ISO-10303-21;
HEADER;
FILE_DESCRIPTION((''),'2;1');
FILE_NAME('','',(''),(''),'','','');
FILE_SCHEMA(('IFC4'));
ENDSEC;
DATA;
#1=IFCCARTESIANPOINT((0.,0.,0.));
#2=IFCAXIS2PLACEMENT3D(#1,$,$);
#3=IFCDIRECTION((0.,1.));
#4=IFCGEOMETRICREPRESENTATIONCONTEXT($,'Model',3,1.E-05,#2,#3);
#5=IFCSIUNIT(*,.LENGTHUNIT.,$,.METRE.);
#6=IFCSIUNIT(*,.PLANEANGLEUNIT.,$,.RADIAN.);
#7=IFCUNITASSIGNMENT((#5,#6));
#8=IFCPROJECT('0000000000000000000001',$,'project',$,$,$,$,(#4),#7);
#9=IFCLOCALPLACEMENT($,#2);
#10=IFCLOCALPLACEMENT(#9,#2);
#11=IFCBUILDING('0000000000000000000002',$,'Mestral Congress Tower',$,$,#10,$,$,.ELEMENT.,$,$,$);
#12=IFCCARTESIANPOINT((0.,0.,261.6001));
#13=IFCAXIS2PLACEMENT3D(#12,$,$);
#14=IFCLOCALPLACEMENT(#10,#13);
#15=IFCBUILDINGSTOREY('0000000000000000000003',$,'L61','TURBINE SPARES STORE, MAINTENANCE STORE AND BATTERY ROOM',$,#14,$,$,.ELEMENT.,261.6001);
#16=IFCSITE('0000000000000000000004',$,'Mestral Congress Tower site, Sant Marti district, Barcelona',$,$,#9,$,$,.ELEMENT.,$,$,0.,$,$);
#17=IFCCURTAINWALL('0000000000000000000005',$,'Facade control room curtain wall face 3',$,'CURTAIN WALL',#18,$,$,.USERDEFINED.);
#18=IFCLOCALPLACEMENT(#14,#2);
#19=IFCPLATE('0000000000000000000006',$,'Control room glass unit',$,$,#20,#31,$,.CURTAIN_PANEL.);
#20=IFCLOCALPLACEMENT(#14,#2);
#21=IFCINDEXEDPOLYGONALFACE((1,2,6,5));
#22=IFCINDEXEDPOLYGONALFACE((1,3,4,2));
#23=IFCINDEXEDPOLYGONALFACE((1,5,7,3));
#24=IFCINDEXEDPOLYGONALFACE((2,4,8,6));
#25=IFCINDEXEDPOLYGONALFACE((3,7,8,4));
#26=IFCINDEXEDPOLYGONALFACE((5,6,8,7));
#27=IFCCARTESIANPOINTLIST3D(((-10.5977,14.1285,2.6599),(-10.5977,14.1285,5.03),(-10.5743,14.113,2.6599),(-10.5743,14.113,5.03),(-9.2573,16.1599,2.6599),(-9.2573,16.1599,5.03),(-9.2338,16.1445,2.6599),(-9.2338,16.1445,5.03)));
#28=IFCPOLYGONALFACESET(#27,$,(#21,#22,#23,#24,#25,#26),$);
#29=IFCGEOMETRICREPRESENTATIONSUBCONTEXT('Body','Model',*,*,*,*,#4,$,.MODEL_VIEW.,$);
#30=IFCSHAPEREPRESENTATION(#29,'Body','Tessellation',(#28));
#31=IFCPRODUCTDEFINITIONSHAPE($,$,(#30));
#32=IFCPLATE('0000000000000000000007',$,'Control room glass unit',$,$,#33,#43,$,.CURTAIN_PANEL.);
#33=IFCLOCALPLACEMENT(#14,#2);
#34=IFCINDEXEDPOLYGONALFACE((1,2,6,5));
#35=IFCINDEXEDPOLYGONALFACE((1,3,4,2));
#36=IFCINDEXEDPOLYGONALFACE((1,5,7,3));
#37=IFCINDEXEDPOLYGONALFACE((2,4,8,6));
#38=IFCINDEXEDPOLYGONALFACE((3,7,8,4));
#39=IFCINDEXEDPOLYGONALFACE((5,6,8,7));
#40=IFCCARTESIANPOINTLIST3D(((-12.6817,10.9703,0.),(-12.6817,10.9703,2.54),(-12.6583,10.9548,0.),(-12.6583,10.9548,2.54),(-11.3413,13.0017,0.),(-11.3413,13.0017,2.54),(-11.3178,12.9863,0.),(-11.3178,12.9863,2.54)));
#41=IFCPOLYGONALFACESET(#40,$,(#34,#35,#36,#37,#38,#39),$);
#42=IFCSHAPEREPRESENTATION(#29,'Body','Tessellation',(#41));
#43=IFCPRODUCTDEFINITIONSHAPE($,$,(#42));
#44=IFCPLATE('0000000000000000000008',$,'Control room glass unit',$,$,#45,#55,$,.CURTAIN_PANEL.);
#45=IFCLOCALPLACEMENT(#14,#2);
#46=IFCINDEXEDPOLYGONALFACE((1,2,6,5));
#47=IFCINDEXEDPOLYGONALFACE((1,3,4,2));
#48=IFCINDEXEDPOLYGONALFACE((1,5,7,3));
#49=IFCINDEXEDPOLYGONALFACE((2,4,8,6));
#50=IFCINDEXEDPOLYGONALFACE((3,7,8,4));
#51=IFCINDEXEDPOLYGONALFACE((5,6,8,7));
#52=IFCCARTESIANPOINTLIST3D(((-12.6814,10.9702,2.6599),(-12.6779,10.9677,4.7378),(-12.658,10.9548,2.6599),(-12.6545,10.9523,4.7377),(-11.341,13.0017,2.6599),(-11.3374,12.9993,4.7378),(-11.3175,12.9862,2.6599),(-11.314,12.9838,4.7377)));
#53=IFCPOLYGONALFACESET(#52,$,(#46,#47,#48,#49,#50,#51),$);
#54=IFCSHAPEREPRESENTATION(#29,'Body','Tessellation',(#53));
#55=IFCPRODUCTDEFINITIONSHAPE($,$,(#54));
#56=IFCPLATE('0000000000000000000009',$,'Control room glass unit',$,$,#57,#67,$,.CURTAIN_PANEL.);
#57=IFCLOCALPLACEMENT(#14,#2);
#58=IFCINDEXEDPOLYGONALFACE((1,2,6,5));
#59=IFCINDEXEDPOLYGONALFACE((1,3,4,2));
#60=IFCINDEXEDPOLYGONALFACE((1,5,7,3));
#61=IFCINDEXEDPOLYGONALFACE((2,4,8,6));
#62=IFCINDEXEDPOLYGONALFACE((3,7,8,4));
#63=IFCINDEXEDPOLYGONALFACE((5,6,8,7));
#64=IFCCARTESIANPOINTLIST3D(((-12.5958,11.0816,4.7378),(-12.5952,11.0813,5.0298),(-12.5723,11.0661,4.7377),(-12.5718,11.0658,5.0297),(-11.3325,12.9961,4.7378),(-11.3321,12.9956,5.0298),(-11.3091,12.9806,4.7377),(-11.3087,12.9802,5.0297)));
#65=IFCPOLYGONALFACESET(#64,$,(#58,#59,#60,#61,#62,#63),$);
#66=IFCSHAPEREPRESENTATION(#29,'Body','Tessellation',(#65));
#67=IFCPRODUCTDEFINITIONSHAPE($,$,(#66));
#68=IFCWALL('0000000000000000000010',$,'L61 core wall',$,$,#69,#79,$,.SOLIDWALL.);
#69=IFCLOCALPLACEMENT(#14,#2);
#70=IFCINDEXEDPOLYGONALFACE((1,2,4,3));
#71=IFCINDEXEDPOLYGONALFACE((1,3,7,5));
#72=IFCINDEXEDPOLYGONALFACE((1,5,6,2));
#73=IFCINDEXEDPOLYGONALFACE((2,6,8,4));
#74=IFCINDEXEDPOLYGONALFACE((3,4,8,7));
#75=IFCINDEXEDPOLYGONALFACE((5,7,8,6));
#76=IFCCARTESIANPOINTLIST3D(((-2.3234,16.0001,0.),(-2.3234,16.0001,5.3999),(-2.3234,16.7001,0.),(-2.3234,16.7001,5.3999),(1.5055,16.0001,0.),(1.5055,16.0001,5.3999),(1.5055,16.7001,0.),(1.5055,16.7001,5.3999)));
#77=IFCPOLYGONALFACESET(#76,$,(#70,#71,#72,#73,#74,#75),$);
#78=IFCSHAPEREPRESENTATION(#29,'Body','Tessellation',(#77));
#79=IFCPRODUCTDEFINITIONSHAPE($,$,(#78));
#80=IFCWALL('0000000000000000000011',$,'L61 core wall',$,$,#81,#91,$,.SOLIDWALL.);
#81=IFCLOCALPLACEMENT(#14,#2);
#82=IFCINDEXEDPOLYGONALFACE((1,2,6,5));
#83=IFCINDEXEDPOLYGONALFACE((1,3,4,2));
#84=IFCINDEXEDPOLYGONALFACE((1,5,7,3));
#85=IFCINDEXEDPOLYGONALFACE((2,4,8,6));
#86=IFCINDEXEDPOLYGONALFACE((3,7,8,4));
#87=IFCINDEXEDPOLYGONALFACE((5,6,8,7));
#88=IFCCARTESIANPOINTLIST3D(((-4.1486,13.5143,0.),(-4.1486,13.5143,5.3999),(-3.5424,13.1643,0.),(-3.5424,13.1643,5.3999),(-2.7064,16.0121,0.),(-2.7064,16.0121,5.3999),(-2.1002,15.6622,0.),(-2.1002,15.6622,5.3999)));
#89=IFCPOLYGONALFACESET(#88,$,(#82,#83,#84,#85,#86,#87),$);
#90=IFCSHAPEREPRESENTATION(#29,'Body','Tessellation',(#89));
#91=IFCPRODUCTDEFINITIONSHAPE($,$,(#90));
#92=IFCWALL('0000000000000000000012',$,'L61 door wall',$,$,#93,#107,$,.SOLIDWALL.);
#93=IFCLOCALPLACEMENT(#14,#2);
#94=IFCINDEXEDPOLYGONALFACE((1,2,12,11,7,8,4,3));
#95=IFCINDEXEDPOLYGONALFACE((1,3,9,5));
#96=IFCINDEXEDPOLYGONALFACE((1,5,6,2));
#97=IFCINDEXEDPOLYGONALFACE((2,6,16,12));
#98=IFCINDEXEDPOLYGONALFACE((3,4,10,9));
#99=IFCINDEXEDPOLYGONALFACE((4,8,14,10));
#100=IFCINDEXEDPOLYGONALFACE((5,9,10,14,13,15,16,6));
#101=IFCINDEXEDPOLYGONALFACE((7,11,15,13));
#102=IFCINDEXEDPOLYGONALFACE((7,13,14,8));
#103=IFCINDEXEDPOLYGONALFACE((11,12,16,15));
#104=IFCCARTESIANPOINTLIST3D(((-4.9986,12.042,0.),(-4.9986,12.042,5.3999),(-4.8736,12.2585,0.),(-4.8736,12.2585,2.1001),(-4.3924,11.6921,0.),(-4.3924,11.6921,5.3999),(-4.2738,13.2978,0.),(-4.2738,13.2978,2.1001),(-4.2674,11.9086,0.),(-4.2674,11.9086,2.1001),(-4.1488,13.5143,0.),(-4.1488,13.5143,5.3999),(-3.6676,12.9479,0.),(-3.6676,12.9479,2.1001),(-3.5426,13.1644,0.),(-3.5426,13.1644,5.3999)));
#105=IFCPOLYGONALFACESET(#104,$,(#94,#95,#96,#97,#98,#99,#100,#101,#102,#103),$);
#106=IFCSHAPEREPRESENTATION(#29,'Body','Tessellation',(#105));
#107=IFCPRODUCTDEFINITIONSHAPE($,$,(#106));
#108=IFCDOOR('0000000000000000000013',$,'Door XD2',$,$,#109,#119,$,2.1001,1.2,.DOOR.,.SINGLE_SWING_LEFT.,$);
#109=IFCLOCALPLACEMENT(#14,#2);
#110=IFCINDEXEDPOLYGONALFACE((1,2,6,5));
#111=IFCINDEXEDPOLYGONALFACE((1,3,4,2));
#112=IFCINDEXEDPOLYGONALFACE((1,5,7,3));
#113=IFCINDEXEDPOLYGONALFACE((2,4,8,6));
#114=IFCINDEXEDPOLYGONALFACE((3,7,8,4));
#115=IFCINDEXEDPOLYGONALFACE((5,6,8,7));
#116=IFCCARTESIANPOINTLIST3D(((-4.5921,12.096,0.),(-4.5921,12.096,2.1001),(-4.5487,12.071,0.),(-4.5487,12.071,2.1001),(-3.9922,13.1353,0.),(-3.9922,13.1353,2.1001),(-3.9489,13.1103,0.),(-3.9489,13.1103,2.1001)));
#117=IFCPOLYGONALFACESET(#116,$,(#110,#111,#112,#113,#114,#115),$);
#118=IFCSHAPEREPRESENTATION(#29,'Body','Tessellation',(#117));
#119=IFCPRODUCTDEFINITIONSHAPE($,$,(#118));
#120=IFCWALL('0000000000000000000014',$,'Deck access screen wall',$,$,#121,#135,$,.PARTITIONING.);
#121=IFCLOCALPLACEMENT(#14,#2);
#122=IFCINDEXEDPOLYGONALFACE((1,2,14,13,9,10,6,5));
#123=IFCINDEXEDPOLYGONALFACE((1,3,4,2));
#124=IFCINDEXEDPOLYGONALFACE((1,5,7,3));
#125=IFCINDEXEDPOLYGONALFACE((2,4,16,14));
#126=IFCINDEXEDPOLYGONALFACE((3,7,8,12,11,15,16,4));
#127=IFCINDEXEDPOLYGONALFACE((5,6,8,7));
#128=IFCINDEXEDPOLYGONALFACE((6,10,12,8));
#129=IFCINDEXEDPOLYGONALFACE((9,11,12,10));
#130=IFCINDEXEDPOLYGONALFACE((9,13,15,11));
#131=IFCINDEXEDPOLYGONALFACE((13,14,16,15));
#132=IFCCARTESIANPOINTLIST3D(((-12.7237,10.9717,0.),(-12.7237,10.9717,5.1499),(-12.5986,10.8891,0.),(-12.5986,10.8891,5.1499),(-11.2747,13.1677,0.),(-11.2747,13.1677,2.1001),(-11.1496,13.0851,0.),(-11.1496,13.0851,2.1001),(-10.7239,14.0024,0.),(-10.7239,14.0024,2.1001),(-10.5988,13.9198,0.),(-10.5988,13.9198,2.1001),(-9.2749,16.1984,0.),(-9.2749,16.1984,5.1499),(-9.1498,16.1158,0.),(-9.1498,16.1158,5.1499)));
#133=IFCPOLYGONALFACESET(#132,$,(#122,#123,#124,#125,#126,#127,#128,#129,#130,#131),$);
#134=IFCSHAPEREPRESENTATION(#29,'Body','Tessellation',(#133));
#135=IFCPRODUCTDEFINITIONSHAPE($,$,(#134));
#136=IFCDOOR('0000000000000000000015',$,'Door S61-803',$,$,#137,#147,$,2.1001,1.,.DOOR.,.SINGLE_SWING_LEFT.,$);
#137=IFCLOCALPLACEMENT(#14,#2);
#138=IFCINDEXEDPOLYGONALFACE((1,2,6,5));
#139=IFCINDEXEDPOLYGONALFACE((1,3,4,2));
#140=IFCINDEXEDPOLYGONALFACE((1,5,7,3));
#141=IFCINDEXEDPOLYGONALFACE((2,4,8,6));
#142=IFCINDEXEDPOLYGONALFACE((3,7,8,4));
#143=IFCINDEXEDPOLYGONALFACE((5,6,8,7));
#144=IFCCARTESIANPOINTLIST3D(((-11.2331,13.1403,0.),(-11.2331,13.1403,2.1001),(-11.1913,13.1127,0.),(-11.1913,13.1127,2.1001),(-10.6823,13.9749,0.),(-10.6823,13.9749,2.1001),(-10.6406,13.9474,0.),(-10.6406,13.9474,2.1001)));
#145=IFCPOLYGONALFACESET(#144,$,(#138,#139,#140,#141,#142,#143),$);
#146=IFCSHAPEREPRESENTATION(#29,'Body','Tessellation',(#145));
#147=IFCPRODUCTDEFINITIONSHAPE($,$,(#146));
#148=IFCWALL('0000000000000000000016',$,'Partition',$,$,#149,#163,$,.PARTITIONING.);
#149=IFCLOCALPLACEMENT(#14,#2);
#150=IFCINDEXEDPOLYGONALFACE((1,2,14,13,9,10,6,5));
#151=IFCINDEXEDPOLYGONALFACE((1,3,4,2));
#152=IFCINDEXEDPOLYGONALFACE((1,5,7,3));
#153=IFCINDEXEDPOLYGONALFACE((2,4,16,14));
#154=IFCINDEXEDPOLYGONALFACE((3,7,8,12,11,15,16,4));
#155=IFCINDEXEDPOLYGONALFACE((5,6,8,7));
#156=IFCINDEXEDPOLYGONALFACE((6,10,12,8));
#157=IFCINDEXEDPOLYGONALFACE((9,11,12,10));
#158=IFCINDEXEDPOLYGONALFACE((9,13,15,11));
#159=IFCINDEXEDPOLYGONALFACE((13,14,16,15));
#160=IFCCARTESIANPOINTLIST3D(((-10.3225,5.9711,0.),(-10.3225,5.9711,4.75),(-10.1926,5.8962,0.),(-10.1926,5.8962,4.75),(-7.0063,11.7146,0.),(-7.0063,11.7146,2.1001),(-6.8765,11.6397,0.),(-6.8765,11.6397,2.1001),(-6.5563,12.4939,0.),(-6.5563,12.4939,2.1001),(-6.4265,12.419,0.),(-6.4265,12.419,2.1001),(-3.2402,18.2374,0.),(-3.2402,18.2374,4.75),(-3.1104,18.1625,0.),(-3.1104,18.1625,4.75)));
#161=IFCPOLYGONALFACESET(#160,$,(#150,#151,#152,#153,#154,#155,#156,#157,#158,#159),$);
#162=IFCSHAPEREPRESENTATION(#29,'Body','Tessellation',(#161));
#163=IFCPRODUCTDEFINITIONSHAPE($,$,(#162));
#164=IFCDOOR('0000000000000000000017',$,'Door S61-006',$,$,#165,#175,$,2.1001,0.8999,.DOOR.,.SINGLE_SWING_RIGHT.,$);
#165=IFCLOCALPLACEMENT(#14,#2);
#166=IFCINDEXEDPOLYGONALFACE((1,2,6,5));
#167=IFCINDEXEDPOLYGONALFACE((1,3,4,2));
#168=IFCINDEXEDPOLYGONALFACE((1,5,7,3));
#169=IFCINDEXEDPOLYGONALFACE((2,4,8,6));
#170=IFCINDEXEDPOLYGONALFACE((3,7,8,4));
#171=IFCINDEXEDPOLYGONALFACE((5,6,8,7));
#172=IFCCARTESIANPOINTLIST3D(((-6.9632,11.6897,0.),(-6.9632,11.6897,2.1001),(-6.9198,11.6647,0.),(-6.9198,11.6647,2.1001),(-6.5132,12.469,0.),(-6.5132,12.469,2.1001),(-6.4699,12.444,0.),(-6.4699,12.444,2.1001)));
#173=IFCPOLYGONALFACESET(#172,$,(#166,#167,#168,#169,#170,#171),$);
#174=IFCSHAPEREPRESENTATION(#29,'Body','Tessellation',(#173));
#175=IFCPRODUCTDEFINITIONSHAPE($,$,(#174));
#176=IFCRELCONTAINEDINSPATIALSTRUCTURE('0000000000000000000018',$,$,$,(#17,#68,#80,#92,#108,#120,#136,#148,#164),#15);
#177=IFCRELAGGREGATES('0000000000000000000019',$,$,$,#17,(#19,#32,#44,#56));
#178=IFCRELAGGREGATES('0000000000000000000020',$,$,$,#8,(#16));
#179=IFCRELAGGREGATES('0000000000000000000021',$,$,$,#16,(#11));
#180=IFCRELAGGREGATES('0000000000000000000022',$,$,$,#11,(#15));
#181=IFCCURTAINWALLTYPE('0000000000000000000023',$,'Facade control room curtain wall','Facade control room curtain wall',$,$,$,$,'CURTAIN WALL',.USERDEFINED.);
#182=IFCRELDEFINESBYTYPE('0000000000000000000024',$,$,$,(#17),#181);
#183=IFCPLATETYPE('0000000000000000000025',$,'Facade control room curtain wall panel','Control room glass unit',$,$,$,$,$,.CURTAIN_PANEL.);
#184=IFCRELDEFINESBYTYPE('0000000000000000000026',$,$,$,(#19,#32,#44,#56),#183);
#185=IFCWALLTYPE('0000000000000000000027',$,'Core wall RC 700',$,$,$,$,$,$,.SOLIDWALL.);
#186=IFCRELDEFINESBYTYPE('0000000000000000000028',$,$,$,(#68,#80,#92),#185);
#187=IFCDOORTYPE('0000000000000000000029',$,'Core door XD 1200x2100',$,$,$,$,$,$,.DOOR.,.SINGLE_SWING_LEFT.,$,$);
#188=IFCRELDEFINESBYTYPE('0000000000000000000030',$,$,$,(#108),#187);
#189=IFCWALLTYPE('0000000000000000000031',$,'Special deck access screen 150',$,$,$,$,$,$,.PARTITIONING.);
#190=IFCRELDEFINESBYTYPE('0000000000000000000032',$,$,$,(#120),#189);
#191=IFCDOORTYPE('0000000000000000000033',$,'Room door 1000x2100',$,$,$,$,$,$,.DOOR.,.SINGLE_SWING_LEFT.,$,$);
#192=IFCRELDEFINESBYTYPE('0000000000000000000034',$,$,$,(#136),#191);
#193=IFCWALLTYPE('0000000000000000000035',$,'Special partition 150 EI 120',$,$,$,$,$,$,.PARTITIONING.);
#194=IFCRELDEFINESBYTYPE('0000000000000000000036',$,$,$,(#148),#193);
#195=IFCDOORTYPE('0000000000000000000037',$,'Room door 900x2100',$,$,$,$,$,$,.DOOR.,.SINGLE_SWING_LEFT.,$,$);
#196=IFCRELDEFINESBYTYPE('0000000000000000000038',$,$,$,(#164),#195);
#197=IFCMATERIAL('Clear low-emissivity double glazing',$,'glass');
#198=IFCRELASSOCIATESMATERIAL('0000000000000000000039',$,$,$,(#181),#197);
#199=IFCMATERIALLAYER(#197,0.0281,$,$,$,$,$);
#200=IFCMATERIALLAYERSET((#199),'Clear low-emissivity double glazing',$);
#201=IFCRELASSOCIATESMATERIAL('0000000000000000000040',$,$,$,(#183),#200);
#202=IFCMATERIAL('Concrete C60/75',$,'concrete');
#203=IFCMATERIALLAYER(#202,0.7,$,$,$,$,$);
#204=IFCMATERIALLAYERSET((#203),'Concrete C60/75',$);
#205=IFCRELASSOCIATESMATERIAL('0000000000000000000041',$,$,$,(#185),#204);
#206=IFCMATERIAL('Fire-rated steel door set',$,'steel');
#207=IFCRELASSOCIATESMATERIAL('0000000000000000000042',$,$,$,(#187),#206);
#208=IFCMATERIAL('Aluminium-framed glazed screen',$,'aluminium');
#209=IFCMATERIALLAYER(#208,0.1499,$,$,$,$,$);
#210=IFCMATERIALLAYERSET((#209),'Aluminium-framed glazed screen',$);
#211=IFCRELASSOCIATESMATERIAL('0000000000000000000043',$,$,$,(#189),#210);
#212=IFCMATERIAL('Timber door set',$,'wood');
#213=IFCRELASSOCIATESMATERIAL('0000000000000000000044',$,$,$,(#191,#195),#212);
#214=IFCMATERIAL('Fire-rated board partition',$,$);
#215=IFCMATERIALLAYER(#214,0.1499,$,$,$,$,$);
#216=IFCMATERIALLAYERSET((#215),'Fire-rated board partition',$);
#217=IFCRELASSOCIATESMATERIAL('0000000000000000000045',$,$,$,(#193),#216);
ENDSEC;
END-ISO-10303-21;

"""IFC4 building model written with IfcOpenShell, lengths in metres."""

from ifc_helpers import new_model, si_unit, direction, frame, frame_2d, origin, origin_2d, place, context, subcontext, project, spatial, polyline, rectangle, outline, extrude, material, layer, layer_set, type_object, element, fill, aggregate, save


model = new_model("IFC4")

# Units and contexts
model_context = context("Model", 3, precision=1e-05, world=origin(), true_north=direction((0.0, 1.0)))
body_context = subcontext(model_context, "Body", "Model", "MODEL_VIEW")
ifc_project = project(units=[si_unit("LENGTHUNIT", "METRE"), si_unit("PLANEANGLEUNIT", "RADIAN")], contexts=[model_context])

# Site, building, storey
site_placement = place(None, origin())
site = spatial("IfcSite", under=ifc_project, at=site_placement, Name="Mestral Congress Tower site, Sant Marti district, Barcelona", CompositionType="ELEMENT", RefElevation=0.0)
building_placement = place(site_placement, origin())
building = spatial("IfcBuilding", under=site, at=building_placement, Name="Mestral Congress Tower", CompositionType="ELEMENT")
storey_placement = place(building_placement, frame((0.0, 0.0, 261.6001)))
storey = spatial("IfcBuildingStorey", under=building, at=storey_placement, Name="L61", Description="TURBINE SPARES STORE, MAINTENANCE STORE AND BATTERY ROOM", CompositionType="ELEMENT", Elevation=261.6001)

# Shared definitions
ifc_material_1 = material(Name="Concrete C60/75", Category="concrete")

# Curtain wall
ifc_material_2 = material(Name="Clear low-emissivity double glazing", Category="glass")
curtain_wall_type = type_object("IfcCurtainWallType", Name="Facade control room curtain wall", Description="Facade control room curtain wall", ElementType="CURTAIN WALL", PredefinedType="USERDEFINED", material=ifc_material_2)
placement = place(storey_placement, origin())
curtain_wall = element("IfcCurtainWall", 1, at=placement, inside=storey, type_object=curtain_wall_type, Name="Facade control room curtain wall face 3", ObjectType="CURTAIN WALL", PredefinedType="USERDEFINED")

# Plates
ifc_layer_1 = layer(ifc_material_2, 0.0281)
ifc_layer_set_1 = layer_set([ifc_layer_1], Name="Clear low-emissivity double glazing")
plate_type = type_object("IfcPlateType", Name="Facade control room curtain wall panel", Description="Control room glass unit", PredefinedType="CURTAIN_PANEL", material=ifc_layer_set_1)
plate_1_placement = place(storey_placement, frame((-9.9158, 15.1365, 2.6599), z_axis=(0.0, 0.0, 1.0), x_axis=(-0.55075, -0.83467, 0.0)))
plate_1 = element("IfcPlate", 2, at=plate_1_placement, type_object=plate_type, Name="Control room glass unit", PredefinedType="CURTAIN_PANEL", context=body_context, shape_type="SweptSolid", body=[
    extrude(rectangle(XDim=2.4338, YDim=0.0281, at=origin_2d()), origin(), (0.0, 0.0, 1.0), 2.3701),
])
plate_2_placement = place(storey_placement, frame((-11.9998, 11.9783, 0.0), z_axis=(0.0, 0.0, 1.0), x_axis=(-0.55075, -0.83467, 0.0)))
plate_2 = element("IfcPlate", 3, at=plate_2_placement, type_object=plate_type, Name="Control room glass unit", PredefinedType="CURTAIN_PANEL", context=body_context, shape_type="SweptSolid", body=[
    extrude(rectangle(XDim=2.4338, YDim=0.0281, at=origin_2d()), origin(), (0.0, 0.0, 1.0), 2.54),
])
plate_3_placement = place(storey_placement, frame((-12.6814, 10.9702, 2.6599), z_axis=(-0.83467, 0.550746, 0.002069), x_axis=(0.550747, 0.834672, 0.0)))
plate_3 = element("IfcPlate", 4, at=plate_3_placement, type_object=plate_type, Name="Control room glass unit", PredefinedType="CURTAIN_PANEL", context=body_context, shape_type="SweptSolid", body=[
    extrude(outline(polyline([(0.0, 0.0), (2.4338, 0.0), (2.4338, -2.0779), (-0.0002, -2.0779), (0.0, 0.0)])), origin(), (0.0, 0.0, -1.0), 0.0281),
])
plate_4_placement = place(storey_placement, frame((-11.3325, 12.9961, 4.7378), z_axis=(-0.834676, 0.550738, 0.002087), x_axis=(0.00148, -0.001545, 0.999998)))
plate_4 = element("IfcPlate", 5, at=plate_4_placement, type_object=plate_type, Name="Control room glass unit", PredefinedType="CURTAIN_PANEL", context=body_context, shape_type="SweptSolid", body=[
    extrude(outline(polyline([(0.0, 0.0), (0.292, 0.0), (0.2931, -2.2935), (0.0011, -2.2937), (0.0, 0.0)])), origin(), (0.0, 0.0, -1.0), 0.0281),
])
aggregate(curtain_wall, [plate_1, plate_2, plate_3, plate_4])

# Walls
ifc_layer_2 = layer(ifc_material_1, 0.7)
ifc_layer_set_2 = layer_set([ifc_layer_2], Name="Concrete C60/75")
wall_type_1 = type_object("IfcWallType", Name="Core wall RC 700", PredefinedType="SOLIDWALL", material=ifc_layer_set_2)
wall_1_placement = place(storey_placement, frame((-2.3235, 16.3501, 0.0), z_axis=(0.0, 0.0, 1.0), x_axis=(1.0, 0.0, 0.0)))
element("IfcWall", 6, at=wall_1_placement, inside=storey, type_object=wall_type_1, Name="L61 core wall", PredefinedType="SOLIDWALL", context=body_context, shape_type="SweptSolid", body=[
    extrude(rectangle(XDim=3.8289, YDim=0.7, at=frame_2d((1.9146, 0.0))), origin(), (0.0, 0.0, 1.0), 5.3999),
])
wall_2_placement = place(storey_placement, frame((-2.4033, 15.8372, 0.0), z_axis=(0.0, 0.0, 1.0), x_axis=(-0.500008, -0.866021, 0.0)))
element("IfcWall", 7, at=wall_2_placement, inside=storey, type_object=wall_type_1, Name="L61 core wall", PredefinedType="SOLIDWALL", context=body_context, shape_type="SweptSolid", body=[
    extrude(rectangle(XDim=2.8843, YDim=0.7, at=frame_2d((1.4421, 0.0))), origin(), (0.0, 0.0, 1.0), 5.3999),
])

# Walls, openings, doors
wall_3_placement = place(storey_placement, frame((-4.6956, 11.8669, 0.0), z_axis=(0.0, 0.0, 1.0), x_axis=(0.499892, 0.866088, 0.0)))
wall_3 = element("IfcWall", 8, at=wall_3_placement, inside=storey, type_object=wall_type_1, Name="L61 door wall", PredefinedType="SOLIDWALL", context=body_context, shape_type="SweptSolid", body=[
    extrude(rectangle(XDim=1.7, YDim=0.7, at=frame_2d((0.8501, 0.0))), origin(), (0.0, 0.0, 1.0), 5.3999),
])
opening_1_placement = place(wall_3_placement, frame((0.25, 0.0, 0.0)))
opening_1 = element("IfcOpeningElement", 9, at=opening_1_placement, cuts=wall_3, PredefinedType="OPENING", context=body_context, shape_type="SweptSolid", body=[
    extrude(rectangle(XDim=1.2, YDim=2.1001, at=frame_2d((0.6001, 1.05))), frame((0.0, 0.3599, 0.0), z_axis=(0.0, -1.0, 0.0), x_axis=(1.0, 0.0, 0.0)), (0.0, 0.0, 1.0), 0.72),
])
ifc_material_3 = material(Name="Fire-rated steel door set", Category="steel")
door_type_1 = type_object("IfcDoorType", Name="Core door XD 1200x2100", OperationType="SINGLE_SWING_LEFT", PredefinedType="DOOR", material=ifc_material_3)
door_1_placement = place(opening_1_placement, origin())
door_1 = element("IfcDoor", 10, at=door_1_placement, inside=storey, type_object=door_type_1, Name="Door XD2", OperationType="SINGLE_SWING_LEFT", OverallHeight=2.1001, OverallWidth=1.2, PredefinedType="DOOR", context=body_context, shape_type="SweptSolid", body=[
    extrude(rectangle(XDim=1.2, YDim=2.1001, at=frame_2d((0.6001, 1.05))), frame((0.0, 0.0249, 0.0), z_axis=(0.0, -1.0, 0.0), x_axis=(1.0, 0.0, 0.0)), (0.0, 0.0, 1.0), 0.05),
])
fill(opening_1, door_1)
ifc_material_4 = material(Name="Aluminium-framed glazed screen", Category="aluminium")
ifc_layer_3 = layer(ifc_material_4, 0.1499)
ifc_layer_set_3 = layer_set([ifc_layer_3], Name="Aluminium-framed glazed screen")
wall_type_2 = type_object("IfcWallType", Name="Special deck access screen 150", PredefinedType="PARTITIONING", material=ifc_layer_set_3)
wall_4_placement = place(storey_placement, frame((-9.2124, 16.157, 0.0), z_axis=(0.0, 0.0, 1.0), x_axis=(-0.550753, -0.834668, 0.0)))
wall_4 = element("IfcWall", 11, at=wall_4_placement, inside=storey, type_object=wall_type_2, Name="Deck access screen wall", PredefinedType="PARTITIONING", context=body_context, shape_type="SweptSolid", body=[
    extrude(rectangle(XDim=6.262, YDim=0.1499, at=frame_2d((3.1309, 0.0))), origin(), (0.0, 0.0, 1.0), 5.1499),
])
opening_2_placement = place(wall_4_placement, frame((2.6309, 0.0, 0.0)))
opening_2 = element("IfcOpeningElement", 12, at=opening_2_placement, cuts=wall_4, PredefinedType="OPENING", context=body_context, shape_type="SweptSolid", body=[
    extrude(rectangle(XDim=1.0, YDim=2.1001, at=frame_2d((0.5, 1.05))), frame((0.0, 0.085, 0.0), z_axis=(0.0, -1.0, 0.0), x_axis=(1.0, 0.0, 0.0)), (0.0, 0.0, 1.0), 0.1699),
])
ifc_material_5 = material(Name="Timber door set", Category="wood")
door_type_2 = type_object("IfcDoorType", Name="Room door 1000x2100", OperationType="SINGLE_SWING_LEFT", PredefinedType="DOOR", material=ifc_material_5)
door_2_placement = place(opening_2_placement, origin())
door_2 = element("IfcDoor", 13, at=door_2_placement, inside=storey, type_object=door_type_2, Name="Door S61-803", OperationType="SINGLE_SWING_LEFT", OverallHeight=2.1001, OverallWidth=1.0, PredefinedType="DOOR", context=body_context, shape_type="SweptSolid", body=[
    extrude(rectangle(XDim=1.0, YDim=2.1001, at=frame_2d((0.5, 1.05))), frame((0.0, 0.0249, 0.0), z_axis=(0.0, -1.0, 0.0), x_axis=(1.0, 0.0, 0.0)), (0.0, 0.0, 1.0), 0.05),
])
fill(opening_2, door_2)
ifc_material_6 = material(Name="Fire-rated board partition")
ifc_layer_4 = layer(ifc_material_6, 0.1499)
ifc_layer_set_4 = layer_set([ifc_layer_4], Name="Fire-rated board partition")
wall_type_3 = type_object("IfcWallType", Name="Special partition 150 EI 120", PredefinedType="PARTITIONING", material=ifc_layer_set_4)
wall_5_placement = place(storey_placement, frame((-3.1753, 18.2, 0.0), z_axis=(0.0, 0.0, 1.0), x_axis=(-0.500015, -0.866017, 0.0)))
wall_5 = element("IfcWall", 14, at=wall_5_placement, inside=storey, type_object=wall_type_3, Name="Partition", PredefinedType="PARTITIONING", context=body_context, shape_type="SweptSolid", body=[
    extrude(rectangle(XDim=14.1641, YDim=0.1499, at=frame_2d((7.082, 0.0))), origin(), (0.0, 0.0, 1.0), 4.75),
])
opening_3_placement = place(wall_5_placement, frame((6.6321, 0.0, 0.0)))
opening_3 = element("IfcOpeningElement", 15, at=opening_3_placement, cuts=wall_5, PredefinedType="OPENING", context=body_context, shape_type="SweptSolid", body=[
    extrude(rectangle(XDim=0.8999, YDim=2.1001, at=frame_2d((0.45, 1.05))), frame((0.0, 0.085, 0.0), z_axis=(0.0, -1.0, 0.0), x_axis=(1.0, 0.0, 0.0)), (0.0, 0.0, 1.0), 0.1699),
])
door_type_3 = type_object("IfcDoorType", Name="Room door 900x2100", OperationType="SINGLE_SWING_LEFT", PredefinedType="DOOR", material=ifc_material_5)
door_3_placement = place(opening_3_placement, origin())
door_3 = element("IfcDoor", 16, at=door_3_placement, inside=storey, type_object=door_type_3, Name="Door S61-006", OperationType="SINGLE_SWING_RIGHT", OverallHeight=2.1001, OverallWidth=0.8999, PredefinedType="DOOR", context=body_context, shape_type="SweptSolid", body=[
    extrude(rectangle(XDim=0.8999, YDim=2.1001, at=frame_2d((0.45, 1.05))), frame((0.0, 0.0249, 0.0), z_axis=(0.0, -1.0, 0.0), x_axis=(1.0, 0.0, 0.0)), (0.0, 0.0, 1.0), 0.05),
])
fill(opening_3, door_3)

save(model, "model.ifc")
